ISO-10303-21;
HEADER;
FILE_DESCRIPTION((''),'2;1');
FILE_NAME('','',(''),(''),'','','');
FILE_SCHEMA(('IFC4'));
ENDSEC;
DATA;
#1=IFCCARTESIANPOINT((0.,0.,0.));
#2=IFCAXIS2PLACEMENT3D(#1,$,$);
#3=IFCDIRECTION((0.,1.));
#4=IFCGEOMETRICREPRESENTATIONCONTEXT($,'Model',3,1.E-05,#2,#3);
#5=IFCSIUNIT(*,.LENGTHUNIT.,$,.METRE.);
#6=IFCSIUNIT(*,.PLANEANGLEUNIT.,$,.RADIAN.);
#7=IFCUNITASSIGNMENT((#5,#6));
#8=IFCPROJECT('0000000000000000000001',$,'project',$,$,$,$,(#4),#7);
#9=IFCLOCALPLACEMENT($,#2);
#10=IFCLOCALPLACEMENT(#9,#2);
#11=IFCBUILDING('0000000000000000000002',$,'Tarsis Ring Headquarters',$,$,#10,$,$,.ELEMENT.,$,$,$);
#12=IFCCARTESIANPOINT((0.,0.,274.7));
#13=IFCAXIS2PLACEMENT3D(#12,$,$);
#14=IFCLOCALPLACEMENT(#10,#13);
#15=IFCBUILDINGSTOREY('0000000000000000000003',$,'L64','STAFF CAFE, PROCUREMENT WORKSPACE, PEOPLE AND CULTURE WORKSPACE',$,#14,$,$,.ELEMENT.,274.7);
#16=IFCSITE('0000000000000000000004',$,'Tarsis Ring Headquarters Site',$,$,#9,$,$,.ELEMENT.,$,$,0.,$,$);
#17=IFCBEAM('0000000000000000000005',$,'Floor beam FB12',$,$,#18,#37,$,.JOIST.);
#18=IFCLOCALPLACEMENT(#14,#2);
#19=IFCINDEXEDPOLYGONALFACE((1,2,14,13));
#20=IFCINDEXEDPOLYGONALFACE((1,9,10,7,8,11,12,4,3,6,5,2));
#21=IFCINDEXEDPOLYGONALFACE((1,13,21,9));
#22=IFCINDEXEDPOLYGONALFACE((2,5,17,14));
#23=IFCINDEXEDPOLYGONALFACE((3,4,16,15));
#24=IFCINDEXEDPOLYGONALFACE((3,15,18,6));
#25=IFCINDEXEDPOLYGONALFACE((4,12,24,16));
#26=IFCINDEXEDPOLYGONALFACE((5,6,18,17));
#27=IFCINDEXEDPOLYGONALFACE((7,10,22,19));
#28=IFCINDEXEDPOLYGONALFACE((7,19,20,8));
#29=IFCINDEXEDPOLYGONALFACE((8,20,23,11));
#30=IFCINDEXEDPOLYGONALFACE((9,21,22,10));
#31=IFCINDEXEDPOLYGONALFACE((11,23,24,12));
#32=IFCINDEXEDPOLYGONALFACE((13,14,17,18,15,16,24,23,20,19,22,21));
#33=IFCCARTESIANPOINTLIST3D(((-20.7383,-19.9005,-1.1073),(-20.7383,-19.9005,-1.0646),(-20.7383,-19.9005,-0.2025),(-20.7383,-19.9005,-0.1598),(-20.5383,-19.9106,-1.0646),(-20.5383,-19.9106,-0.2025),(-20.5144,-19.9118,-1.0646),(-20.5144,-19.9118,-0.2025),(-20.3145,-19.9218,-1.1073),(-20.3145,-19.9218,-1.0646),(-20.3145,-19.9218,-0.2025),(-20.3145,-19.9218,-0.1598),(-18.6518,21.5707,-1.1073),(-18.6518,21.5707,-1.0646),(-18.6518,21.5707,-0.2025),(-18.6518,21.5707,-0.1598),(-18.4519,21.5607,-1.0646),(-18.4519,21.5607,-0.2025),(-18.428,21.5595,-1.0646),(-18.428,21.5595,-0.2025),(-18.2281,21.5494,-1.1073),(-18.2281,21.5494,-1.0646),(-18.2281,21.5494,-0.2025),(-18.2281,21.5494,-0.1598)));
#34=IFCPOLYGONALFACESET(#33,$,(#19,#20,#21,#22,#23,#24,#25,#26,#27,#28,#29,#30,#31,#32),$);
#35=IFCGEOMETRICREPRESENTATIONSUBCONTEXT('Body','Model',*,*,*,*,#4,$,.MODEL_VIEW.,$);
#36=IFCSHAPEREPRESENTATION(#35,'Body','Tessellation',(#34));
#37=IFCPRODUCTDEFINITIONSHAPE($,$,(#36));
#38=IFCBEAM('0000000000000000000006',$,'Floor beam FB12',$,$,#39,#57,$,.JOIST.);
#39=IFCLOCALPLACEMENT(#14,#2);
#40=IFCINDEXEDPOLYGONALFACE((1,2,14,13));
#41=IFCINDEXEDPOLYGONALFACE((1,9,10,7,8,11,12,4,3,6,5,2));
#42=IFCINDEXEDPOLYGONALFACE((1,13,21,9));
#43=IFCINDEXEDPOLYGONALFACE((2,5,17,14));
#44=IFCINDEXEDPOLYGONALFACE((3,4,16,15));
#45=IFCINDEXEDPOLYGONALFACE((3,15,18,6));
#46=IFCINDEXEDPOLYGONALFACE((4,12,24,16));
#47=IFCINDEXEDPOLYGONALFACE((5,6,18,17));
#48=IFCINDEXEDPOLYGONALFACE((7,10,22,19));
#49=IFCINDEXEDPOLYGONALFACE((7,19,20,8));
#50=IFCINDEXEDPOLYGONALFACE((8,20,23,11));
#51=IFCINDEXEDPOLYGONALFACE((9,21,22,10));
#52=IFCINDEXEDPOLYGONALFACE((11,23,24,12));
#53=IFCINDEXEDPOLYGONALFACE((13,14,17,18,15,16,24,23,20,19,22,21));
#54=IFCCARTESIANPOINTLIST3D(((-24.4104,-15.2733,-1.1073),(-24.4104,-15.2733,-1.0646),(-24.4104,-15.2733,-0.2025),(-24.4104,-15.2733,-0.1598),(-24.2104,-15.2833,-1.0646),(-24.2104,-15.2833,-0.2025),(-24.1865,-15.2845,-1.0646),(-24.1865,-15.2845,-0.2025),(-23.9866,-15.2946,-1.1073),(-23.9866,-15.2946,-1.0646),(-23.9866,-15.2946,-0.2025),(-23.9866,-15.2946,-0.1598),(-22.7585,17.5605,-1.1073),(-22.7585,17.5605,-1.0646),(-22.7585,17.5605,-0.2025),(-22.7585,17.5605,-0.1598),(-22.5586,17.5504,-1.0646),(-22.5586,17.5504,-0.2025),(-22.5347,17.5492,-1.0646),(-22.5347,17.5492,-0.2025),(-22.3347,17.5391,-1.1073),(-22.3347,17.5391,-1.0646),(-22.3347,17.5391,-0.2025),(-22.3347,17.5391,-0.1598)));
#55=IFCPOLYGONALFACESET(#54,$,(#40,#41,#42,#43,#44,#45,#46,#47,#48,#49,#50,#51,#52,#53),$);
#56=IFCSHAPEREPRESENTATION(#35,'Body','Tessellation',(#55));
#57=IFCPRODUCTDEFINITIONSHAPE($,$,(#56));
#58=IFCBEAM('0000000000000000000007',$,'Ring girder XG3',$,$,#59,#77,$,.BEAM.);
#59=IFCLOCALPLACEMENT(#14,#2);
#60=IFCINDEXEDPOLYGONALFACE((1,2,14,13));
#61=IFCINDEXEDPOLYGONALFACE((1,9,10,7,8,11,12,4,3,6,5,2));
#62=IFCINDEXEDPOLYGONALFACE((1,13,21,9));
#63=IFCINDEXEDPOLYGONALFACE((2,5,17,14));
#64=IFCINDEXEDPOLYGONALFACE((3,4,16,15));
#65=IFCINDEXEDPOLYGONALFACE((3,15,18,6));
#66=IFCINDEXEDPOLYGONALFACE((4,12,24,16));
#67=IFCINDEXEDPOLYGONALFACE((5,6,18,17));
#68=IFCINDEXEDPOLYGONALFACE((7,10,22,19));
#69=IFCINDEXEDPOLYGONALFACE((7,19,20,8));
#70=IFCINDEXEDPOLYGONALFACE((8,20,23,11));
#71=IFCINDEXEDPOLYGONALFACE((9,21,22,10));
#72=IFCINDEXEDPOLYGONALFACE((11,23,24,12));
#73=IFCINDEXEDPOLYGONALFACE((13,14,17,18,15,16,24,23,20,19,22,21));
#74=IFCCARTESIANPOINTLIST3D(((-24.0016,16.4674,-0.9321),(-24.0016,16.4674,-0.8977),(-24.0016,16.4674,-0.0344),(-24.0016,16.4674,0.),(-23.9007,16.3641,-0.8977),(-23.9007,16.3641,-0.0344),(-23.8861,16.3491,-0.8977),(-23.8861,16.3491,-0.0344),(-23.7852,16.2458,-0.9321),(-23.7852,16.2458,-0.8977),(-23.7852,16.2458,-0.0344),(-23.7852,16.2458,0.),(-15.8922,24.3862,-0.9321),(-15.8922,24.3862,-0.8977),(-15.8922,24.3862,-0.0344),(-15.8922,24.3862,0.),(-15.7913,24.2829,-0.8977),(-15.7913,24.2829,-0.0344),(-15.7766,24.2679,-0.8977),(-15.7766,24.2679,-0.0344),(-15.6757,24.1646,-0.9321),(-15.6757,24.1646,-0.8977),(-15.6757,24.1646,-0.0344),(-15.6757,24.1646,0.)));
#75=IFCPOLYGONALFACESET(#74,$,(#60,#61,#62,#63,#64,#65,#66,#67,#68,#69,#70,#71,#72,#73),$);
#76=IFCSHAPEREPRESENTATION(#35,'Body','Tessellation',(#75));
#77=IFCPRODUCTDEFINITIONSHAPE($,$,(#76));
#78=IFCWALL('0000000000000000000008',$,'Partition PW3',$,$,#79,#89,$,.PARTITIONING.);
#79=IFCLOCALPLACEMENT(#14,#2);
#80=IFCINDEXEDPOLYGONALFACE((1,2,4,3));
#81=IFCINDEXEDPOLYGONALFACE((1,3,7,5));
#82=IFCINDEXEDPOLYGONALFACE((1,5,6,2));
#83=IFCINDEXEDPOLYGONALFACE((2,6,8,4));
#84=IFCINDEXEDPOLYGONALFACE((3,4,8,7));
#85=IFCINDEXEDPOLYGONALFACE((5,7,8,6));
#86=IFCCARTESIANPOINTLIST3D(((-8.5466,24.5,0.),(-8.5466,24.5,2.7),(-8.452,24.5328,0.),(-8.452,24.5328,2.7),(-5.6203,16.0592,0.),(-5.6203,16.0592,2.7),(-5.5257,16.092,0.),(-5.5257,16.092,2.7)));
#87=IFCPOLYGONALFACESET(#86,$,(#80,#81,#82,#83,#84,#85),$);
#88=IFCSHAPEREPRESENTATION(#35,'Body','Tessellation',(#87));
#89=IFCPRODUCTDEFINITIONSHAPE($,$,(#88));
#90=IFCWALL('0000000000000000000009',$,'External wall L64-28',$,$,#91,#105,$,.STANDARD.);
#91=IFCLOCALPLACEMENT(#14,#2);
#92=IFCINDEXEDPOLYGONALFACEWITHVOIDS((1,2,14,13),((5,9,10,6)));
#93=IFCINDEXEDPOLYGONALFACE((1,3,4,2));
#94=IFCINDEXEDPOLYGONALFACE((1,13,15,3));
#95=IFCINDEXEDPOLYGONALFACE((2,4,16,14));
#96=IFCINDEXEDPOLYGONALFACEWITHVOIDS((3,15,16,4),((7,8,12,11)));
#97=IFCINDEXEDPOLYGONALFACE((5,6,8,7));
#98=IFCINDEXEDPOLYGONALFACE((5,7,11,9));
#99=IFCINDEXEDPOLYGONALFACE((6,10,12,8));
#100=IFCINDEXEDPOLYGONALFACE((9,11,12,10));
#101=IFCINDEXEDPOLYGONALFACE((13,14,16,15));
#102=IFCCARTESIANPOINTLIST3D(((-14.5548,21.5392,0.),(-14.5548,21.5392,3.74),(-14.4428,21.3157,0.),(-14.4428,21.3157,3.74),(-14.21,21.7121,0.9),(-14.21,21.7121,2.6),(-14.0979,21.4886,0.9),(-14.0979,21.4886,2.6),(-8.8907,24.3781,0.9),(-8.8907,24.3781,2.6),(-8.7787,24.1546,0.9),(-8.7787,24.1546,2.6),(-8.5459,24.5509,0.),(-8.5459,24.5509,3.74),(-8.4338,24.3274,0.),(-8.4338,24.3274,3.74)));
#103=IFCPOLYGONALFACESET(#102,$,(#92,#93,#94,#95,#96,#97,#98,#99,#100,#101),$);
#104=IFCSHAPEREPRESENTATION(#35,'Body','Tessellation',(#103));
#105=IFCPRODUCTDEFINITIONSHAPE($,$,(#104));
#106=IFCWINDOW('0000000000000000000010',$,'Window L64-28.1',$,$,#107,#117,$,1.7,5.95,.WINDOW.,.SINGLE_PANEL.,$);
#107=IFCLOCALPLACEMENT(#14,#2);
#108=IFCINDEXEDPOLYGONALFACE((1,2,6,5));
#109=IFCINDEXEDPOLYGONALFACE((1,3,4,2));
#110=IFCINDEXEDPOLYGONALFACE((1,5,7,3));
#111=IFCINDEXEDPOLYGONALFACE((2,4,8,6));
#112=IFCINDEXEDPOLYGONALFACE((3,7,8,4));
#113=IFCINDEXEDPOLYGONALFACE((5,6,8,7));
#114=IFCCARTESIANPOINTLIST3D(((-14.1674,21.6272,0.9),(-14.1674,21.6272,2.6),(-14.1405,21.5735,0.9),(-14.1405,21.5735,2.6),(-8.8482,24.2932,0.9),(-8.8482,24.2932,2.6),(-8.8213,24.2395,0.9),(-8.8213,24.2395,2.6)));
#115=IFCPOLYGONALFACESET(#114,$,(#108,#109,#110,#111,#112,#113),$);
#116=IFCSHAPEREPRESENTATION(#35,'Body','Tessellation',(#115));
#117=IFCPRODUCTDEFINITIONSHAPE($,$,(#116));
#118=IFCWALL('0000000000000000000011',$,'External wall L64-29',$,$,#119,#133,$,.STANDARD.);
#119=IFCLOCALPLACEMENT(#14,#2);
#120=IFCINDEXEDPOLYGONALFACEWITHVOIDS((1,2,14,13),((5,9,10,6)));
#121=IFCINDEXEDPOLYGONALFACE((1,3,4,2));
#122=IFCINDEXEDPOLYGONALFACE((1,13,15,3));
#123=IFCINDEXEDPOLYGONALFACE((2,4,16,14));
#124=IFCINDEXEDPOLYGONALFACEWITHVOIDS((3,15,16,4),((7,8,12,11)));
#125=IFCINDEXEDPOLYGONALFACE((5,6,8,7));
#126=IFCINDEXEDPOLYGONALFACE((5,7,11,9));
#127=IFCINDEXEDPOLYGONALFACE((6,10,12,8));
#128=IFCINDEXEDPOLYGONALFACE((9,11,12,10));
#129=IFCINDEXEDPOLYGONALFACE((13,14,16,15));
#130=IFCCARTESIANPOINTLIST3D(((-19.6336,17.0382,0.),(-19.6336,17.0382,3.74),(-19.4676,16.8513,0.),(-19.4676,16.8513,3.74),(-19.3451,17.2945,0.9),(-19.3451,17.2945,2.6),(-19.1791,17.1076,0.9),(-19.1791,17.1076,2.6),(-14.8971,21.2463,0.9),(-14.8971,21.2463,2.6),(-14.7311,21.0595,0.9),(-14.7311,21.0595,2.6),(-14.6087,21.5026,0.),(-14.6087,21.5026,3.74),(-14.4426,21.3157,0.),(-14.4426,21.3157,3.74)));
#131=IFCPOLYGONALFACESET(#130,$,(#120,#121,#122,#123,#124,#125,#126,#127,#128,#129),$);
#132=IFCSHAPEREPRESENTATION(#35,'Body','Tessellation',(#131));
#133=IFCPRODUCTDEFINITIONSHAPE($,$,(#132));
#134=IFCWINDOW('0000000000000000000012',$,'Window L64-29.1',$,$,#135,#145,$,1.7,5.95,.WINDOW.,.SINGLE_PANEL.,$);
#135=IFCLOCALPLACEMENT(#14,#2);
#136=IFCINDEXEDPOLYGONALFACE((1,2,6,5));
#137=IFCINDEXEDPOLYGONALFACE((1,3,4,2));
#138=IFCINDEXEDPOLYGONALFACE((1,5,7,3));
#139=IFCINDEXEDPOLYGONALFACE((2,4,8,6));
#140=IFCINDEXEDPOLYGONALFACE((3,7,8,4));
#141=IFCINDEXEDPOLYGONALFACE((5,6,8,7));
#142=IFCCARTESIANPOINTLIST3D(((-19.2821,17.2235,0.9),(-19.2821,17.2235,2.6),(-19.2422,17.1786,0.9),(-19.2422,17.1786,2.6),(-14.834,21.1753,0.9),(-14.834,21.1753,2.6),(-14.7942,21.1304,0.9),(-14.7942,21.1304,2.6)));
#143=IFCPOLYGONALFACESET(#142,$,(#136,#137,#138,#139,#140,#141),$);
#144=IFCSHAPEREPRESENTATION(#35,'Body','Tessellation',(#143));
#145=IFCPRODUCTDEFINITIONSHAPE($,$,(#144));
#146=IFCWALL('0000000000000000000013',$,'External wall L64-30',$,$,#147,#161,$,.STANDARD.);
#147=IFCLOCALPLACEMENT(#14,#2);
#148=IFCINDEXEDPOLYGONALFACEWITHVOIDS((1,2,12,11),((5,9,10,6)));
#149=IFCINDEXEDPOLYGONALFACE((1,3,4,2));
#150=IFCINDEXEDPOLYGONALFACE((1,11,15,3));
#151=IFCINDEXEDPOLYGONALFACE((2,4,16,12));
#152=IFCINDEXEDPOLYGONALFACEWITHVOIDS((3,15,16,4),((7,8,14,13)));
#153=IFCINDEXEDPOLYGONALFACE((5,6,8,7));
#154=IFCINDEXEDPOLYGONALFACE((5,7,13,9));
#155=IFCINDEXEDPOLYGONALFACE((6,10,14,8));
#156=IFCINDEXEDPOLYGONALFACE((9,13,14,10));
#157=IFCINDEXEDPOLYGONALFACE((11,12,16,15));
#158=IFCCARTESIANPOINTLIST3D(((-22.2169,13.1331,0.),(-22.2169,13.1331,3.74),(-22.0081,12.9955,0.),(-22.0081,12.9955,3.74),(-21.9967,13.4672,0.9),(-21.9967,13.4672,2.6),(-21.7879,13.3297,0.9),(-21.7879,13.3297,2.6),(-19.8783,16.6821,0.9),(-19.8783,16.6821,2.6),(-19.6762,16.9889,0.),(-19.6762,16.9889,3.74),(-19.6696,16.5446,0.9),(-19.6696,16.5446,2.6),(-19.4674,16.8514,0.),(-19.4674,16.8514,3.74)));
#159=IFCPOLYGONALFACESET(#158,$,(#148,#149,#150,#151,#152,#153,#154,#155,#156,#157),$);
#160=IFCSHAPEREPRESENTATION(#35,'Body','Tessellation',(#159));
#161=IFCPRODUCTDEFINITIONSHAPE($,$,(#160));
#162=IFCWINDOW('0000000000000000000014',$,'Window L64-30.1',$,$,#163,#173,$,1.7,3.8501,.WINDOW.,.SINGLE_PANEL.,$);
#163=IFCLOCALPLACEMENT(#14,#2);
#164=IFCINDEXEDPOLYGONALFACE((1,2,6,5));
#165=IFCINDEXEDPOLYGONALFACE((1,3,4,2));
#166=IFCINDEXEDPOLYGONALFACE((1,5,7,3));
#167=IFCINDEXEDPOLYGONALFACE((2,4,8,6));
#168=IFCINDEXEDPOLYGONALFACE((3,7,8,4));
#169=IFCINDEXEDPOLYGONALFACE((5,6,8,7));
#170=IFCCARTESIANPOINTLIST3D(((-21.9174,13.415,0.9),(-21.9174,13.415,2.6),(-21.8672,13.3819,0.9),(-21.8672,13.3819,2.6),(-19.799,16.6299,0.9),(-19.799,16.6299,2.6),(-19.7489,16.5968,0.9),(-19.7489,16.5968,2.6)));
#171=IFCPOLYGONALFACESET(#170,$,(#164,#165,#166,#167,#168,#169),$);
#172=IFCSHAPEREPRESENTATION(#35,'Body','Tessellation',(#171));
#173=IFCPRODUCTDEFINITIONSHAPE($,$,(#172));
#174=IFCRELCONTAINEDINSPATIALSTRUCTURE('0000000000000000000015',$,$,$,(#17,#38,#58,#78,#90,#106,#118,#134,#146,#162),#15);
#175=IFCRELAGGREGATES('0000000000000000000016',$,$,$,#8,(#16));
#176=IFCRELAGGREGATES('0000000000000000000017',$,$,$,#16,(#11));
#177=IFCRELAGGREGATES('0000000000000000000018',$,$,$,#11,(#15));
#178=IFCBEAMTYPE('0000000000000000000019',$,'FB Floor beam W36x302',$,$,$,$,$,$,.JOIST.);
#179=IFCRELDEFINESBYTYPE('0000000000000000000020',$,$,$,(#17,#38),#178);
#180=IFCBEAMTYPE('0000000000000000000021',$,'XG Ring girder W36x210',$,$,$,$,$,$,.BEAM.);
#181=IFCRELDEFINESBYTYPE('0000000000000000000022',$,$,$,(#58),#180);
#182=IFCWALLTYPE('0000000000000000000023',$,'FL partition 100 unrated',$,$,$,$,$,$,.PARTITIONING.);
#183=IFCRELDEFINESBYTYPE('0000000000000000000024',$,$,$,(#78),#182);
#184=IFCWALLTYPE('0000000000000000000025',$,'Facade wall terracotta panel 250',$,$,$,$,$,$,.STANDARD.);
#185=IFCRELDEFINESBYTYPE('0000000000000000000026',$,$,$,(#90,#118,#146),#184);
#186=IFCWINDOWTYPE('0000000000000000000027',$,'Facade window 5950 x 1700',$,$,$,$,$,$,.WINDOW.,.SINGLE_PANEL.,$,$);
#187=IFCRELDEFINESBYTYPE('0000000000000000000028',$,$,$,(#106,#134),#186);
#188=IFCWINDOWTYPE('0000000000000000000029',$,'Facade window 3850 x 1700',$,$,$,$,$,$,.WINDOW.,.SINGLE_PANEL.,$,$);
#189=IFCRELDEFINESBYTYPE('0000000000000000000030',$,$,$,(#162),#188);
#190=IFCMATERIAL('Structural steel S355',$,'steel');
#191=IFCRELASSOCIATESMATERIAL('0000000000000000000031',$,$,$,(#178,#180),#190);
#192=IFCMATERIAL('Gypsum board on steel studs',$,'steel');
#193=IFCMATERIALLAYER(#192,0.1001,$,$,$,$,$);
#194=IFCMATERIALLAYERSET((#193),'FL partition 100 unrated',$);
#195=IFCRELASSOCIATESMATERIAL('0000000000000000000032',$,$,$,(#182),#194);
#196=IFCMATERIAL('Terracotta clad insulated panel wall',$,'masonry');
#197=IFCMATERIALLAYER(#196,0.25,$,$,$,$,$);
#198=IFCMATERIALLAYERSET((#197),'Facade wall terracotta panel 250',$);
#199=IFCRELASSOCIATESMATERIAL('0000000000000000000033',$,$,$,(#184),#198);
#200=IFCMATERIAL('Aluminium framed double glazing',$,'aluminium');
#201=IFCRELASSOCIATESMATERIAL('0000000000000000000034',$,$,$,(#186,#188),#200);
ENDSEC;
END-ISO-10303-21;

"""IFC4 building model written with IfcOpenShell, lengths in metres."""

from ifc_helpers import new_model, si_unit, direction, frame, frame_2d, origin, origin_2d, place, context, subcontext, project, spatial, rectangle, i_section, extrude, material, layer, layer_set, material_profile, profile_set, type_object, element, fill, save


model = new_model("IFC4")

# Units and contexts
model_context = context("Model", 3, precision=1e-05, world=origin(), true_north=direction((0.0, 1.0)))
body_context = subcontext(model_context, "Body", "Model", "MODEL_VIEW")
ifc_project = project(units=[si_unit("LENGTHUNIT", "METRE"), si_unit("PLANEANGLEUNIT", "RADIAN")], contexts=[model_context])

# Site, building, storey
site_placement = place(None, origin())
site = spatial("IfcSite", under=ifc_project, at=site_placement, Name="Tarsis Ring Headquarters Site", CompositionType="ELEMENT", RefElevation=0.0)
building_placement = place(site_placement, origin())
building = spatial("IfcBuilding", under=site, at=building_placement, Name="Tarsis Ring Headquarters", CompositionType="ELEMENT")
storey_placement = place(building_placement, frame((0.0, 0.0, 274.7)))
storey = spatial("IfcBuildingStorey", under=building, at=storey_placement, Name="L64", Description="STAFF CAFE, PROCUREMENT WORKSPACE, PEOPLE AND CULTURE WORKSPACE", CompositionType="ELEMENT", Elevation=274.7)

# Shared definitions
ifc_material_1 = material(Name="Structural steel S355", Category="steel")

# Beams
ifc_material_profile_1 = material_profile(ifc_material_1, i_section(OverallWidth=0.4243, OverallDepth=0.9475, WebThickness=0.0239, FlangeThickness=0.0427, at=origin_2d()), Name="W36x302")
ifc_profile_set_1 = profile_set([ifc_material_profile_1], Name="Structural steel S355")
beam_type_1 = type_object("IfcBeamType", Name="FB Floor beam W36x302", PredefinedType="JOIST", material=ifc_profile_set_1)
beam_1_placement = place(storey_placement, frame((-18.4399, 21.5601, -0.6335), z_axis=(-0.050247, -0.998737, 0.0), x_axis=(0.998737, -0.050247, 0.0)))
element("IfcBeam", 1, at=beam_1_placement, inside=storey, type_object=beam_type_1, Name="Floor beam FB12", PredefinedType="JOIST", context=body_context, shape_type="SweptSolid", body=[
    extrude(i_section(OverallWidth=0.4243, OverallDepth=0.9475, WebThickness=0.0239, FlangeThickness=0.0427, at=origin_2d()), origin(), (0.0, 0.0, 1.0), 41.5237),
])
beam_2_placement = place(storey_placement, frame((-22.5466, 17.5498, -0.6335), z_axis=(-0.050246, -0.998737, 0.0), x_axis=(0.998737, -0.050246, 0.0)))
element("IfcBeam", 2, at=beam_2_placement, inside=storey, type_object=beam_type_1, Name="Floor beam FB12", PredefinedType="JOIST", context=body_context, shape_type="SweptSolid", body=[
    extrude(i_section(OverallWidth=0.4243, OverallDepth=0.9475, WebThickness=0.0239, FlangeThickness=0.0427, at=origin_2d()), origin(), (0.0, 0.0, 1.0), 32.8752),
])
ifc_material_profile_2 = material_profile(ifc_material_1, i_section(OverallWidth=0.3098, OverallDepth=0.9321, WebThickness=0.021, FlangeThickness=0.0344, at=origin_2d()), Name="W36x210")
ifc_profile_set_2 = profile_set([ifc_material_profile_2], Name="Structural steel S355")
beam_type_2 = type_object("IfcBeamType", Name="XG Ring girder W36x210", PredefinedType="BEAM", material=ifc_profile_set_2)
beam_3_placement = place(storey_placement, frame((-15.7839, 24.2754, -0.4661), z_axis=(-0.715468, -0.698645, 0.0), x_axis=(0.698645, -0.715468, 0.0)))
element("IfcBeam", 3, at=beam_3_placement, inside=storey, type_object=beam_type_2, Name="Ring girder XG3", PredefinedType="BEAM", context=body_context, shape_type="SweptSolid", body=[
    extrude(i_section(OverallWidth=0.3098, OverallDepth=0.9321, WebThickness=0.021, FlangeThickness=0.0344, at=origin_2d()), origin(), (0.0, 0.0, 1.0), 11.3345),
])

# Wall
ifc_material_2 = material(Name="Gypsum board on steel studs", Category="steel")
ifc_layer_1 = layer(ifc_material_2, 0.1001)
ifc_layer_set_1 = layer_set([ifc_layer_1], Name="FL partition 100 unrated")
wall_type_1 = type_object("IfcWallType", Name="FL partition 100 unrated", PredefinedType="PARTITIONING", material=ifc_layer_set_1)
wall_1_placement = place(storey_placement, frame((-8.4993, 24.5164, 0.0), z_axis=(0.0, 0.0, 1.0), x_axis=(0.32756, -0.94483, 0.0)))
element("IfcWall", 4, at=wall_1_placement, inside=storey, type_object=wall_type_1, Name="Partition PW3", PredefinedType="PARTITIONING", context=body_context, shape_type="SweptSolid", body=[
    extrude(rectangle(XDim=8.9336, YDim=0.1001, at=frame_2d((4.4668, 0.0))), origin(), (0.0, 0.0, 1.0), 2.7),
])

# Walls, openings, windows
ifc_material_3 = material(Name="Terracotta clad insulated panel wall", Category="masonry")
ifc_layer_2 = layer(ifc_material_3, 0.25)
ifc_layer_set_2 = layer_set([ifc_layer_2], Name="Facade wall terracotta panel 250")
wall_type_2 = type_object("IfcWallType", Name="Facade wall terracotta panel 250", PredefinedType="STANDARD", material=ifc_layer_set_2)
wall_2_placement = place(storey_placement, frame((-8.4897, 24.4392, 0.0), z_axis=(0.0, 0.0, 1.0), x_axis=(-0.893998, -0.448071, 0.0)))
wall_2 = element("IfcWall", 5, at=wall_2_placement, inside=storey, type_object=wall_type_2, Name="External wall L64-28", PredefinedType="STANDARD", context=body_context, shape_type="SweptSolid", body=[
    extrude(rectangle(XDim=6.7214, YDim=0.25, at=frame_2d((3.3608, 0.0))), origin(), (0.0, 0.0, 1.0), 3.74),
])
opening_1_placement = place(wall_2_placement, frame((0.3857, 0.0, 0.8999)))
opening_1 = element("IfcOpeningElement", 6, at=opening_1_placement, cuts=wall_2, PredefinedType="OPENING", context=body_context, shape_type="SweptSolid", body=[
    extrude(rectangle(XDim=5.95, YDim=1.7, at=frame_2d((2.9751, 0.8501))), frame((0.0, 0.135, 0.0), z_axis=(0.0, -1.0, 0.0), x_axis=(1.0, 0.0, 0.0)), (0.0, 0.0, 1.0), 0.27),
])
ifc_material_4 = material(Name="Aluminium framed double glazing", Category="aluminium")
window_type_1 = type_object("IfcWindowType", Name="Facade window 5950 x 1700", PartitioningType="SINGLE_PANEL", PredefinedType="WINDOW", material=ifc_material_4)
window_1_placement = place(opening_1_placement, origin())
window_1 = element("IfcWindow", 7, at=window_1_placement, inside=storey, type_object=window_type_1, Name="Window L64-28.1", OverallHeight=1.7, OverallWidth=5.95, PartitioningType="SINGLE_PANEL", PredefinedType="WINDOW", context=body_context, shape_type="SweptSolid", body=[
    extrude(rectangle(XDim=5.95, YDim=1.7, at=frame_2d((2.9751, 0.8501))), frame((0.0, 0.03, 0.0), z_axis=(0.0, -1.0, 0.0), x_axis=(1.0, 0.0, 0.0)), (0.0, 0.0, 1.0), 0.0601),
])
fill(opening_1, window_1)
wall_3_placement = place(storey_placement, frame((-14.5256, 21.4092, 0.0), z_axis=(0.0, 0.0, 1.0), x_axis=(-0.747574, -0.664179, 0.0)))
wall_3 = element("IfcWall", 8, at=wall_3_placement, inside=storey, type_object=wall_type_2, Name="External wall L64-29", PredefinedType="STANDARD", context=body_context, shape_type="SweptSolid", body=[
    extrude(rectangle(XDim=6.7217, YDim=0.25, at=frame_2d((3.3608, 0.0))), origin(), (0.0, 0.0, 1.0), 3.74),
])
opening_2_placement = place(wall_3_placement, frame((0.3857, 0.0, 0.8999)))
opening_2 = element("IfcOpeningElement", 9, at=opening_2_placement, cuts=wall_3, PredefinedType="OPENING", context=body_context, shape_type="SweptSolid", body=[
    extrude(rectangle(XDim=5.95, YDim=1.7, at=frame_2d((2.9751, 0.8501))), frame((0.0, 0.135, 0.0), z_axis=(0.0, -1.0, 0.0), x_axis=(1.0, 0.0, 0.0)), (0.0, 0.0, 1.0), 0.27),
])
window_2_placement = place(opening_2_placement, origin())
window_2 = element("IfcWindow", 10, at=window_2_placement, inside=storey, type_object=window_type_1, Name="Window L64-29.1", OverallHeight=1.7, OverallWidth=5.95, PartitioningType="SINGLE_PANEL", PredefinedType="WINDOW", context=body_context, shape_type="SweptSolid", body=[
    extrude(rectangle(XDim=5.95, YDim=1.7, at=frame_2d((2.9751, 0.8501))), frame((0.0, 0.03, 0.0), z_axis=(0.0, -1.0, 0.0), x_axis=(1.0, 0.0, 0.0)), (0.0, 0.0, 1.0), 0.0601),
])
fill(opening_2, window_2)
wall_4_placement = place(storey_placement, frame((-19.5718, 16.9202, 0.0), z_axis=(0.0, 0.0, 1.0), x_axis=(-0.550215, -0.835023, 0.0)))
wall_4 = element("IfcWall", 11, at=wall_4_placement, inside=storey, type_object=wall_type_2, Name="External wall L64-30", PredefinedType="STANDARD", context=body_context, shape_type="SweptSolid", body=[
    extrude(rectangle(XDim=4.6177, YDim=0.25, at=frame_2d((2.3088, 0.0))), origin(), (0.0, 0.0, 1.0), 3.74),
])
opening_3_placement = place(wall_4_placement, frame((0.3674, 0.0, 0.8999)))
opening_3 = element("IfcOpeningElement", 12, at=opening_3_placement, cuts=wall_4, PredefinedType="OPENING", context=body_context, shape_type="SweptSolid", body=[
    extrude(rectangle(XDim=3.8501, YDim=1.7, at=frame_2d((1.925, 0.8501))), frame((0.0, 0.135, 0.0), z_axis=(0.0, -1.0, 0.0), x_axis=(1.0, 0.0, 0.0)), (0.0, 0.0, 1.0), 0.27),
])
window_type_2 = type_object("IfcWindowType", Name="Facade window 3850 x 1700", PartitioningType="SINGLE_PANEL", PredefinedType="WINDOW", material=ifc_material_4)
window_3_placement = place(opening_3_placement, origin())
window_3 = element("IfcWindow", 13, at=window_3_placement, inside=storey, type_object=window_type_2, Name="Window L64-30.1", OverallHeight=1.7, OverallWidth=3.8501, PartitioningType="SINGLE_PANEL", PredefinedType="WINDOW", context=body_context, shape_type="SweptSolid", body=[
    extrude(rectangle(XDim=3.8501, YDim=1.7, at=frame_2d((1.925, 0.8501))), frame((0.0, 0.03, 0.0), z_axis=(0.0, -1.0, 0.0), x_axis=(1.0, 0.0, 0.0)), (0.0, 0.0, 1.0), 0.0601),
])
fill(opening_3, window_3)

save(model, "model.ifc")
